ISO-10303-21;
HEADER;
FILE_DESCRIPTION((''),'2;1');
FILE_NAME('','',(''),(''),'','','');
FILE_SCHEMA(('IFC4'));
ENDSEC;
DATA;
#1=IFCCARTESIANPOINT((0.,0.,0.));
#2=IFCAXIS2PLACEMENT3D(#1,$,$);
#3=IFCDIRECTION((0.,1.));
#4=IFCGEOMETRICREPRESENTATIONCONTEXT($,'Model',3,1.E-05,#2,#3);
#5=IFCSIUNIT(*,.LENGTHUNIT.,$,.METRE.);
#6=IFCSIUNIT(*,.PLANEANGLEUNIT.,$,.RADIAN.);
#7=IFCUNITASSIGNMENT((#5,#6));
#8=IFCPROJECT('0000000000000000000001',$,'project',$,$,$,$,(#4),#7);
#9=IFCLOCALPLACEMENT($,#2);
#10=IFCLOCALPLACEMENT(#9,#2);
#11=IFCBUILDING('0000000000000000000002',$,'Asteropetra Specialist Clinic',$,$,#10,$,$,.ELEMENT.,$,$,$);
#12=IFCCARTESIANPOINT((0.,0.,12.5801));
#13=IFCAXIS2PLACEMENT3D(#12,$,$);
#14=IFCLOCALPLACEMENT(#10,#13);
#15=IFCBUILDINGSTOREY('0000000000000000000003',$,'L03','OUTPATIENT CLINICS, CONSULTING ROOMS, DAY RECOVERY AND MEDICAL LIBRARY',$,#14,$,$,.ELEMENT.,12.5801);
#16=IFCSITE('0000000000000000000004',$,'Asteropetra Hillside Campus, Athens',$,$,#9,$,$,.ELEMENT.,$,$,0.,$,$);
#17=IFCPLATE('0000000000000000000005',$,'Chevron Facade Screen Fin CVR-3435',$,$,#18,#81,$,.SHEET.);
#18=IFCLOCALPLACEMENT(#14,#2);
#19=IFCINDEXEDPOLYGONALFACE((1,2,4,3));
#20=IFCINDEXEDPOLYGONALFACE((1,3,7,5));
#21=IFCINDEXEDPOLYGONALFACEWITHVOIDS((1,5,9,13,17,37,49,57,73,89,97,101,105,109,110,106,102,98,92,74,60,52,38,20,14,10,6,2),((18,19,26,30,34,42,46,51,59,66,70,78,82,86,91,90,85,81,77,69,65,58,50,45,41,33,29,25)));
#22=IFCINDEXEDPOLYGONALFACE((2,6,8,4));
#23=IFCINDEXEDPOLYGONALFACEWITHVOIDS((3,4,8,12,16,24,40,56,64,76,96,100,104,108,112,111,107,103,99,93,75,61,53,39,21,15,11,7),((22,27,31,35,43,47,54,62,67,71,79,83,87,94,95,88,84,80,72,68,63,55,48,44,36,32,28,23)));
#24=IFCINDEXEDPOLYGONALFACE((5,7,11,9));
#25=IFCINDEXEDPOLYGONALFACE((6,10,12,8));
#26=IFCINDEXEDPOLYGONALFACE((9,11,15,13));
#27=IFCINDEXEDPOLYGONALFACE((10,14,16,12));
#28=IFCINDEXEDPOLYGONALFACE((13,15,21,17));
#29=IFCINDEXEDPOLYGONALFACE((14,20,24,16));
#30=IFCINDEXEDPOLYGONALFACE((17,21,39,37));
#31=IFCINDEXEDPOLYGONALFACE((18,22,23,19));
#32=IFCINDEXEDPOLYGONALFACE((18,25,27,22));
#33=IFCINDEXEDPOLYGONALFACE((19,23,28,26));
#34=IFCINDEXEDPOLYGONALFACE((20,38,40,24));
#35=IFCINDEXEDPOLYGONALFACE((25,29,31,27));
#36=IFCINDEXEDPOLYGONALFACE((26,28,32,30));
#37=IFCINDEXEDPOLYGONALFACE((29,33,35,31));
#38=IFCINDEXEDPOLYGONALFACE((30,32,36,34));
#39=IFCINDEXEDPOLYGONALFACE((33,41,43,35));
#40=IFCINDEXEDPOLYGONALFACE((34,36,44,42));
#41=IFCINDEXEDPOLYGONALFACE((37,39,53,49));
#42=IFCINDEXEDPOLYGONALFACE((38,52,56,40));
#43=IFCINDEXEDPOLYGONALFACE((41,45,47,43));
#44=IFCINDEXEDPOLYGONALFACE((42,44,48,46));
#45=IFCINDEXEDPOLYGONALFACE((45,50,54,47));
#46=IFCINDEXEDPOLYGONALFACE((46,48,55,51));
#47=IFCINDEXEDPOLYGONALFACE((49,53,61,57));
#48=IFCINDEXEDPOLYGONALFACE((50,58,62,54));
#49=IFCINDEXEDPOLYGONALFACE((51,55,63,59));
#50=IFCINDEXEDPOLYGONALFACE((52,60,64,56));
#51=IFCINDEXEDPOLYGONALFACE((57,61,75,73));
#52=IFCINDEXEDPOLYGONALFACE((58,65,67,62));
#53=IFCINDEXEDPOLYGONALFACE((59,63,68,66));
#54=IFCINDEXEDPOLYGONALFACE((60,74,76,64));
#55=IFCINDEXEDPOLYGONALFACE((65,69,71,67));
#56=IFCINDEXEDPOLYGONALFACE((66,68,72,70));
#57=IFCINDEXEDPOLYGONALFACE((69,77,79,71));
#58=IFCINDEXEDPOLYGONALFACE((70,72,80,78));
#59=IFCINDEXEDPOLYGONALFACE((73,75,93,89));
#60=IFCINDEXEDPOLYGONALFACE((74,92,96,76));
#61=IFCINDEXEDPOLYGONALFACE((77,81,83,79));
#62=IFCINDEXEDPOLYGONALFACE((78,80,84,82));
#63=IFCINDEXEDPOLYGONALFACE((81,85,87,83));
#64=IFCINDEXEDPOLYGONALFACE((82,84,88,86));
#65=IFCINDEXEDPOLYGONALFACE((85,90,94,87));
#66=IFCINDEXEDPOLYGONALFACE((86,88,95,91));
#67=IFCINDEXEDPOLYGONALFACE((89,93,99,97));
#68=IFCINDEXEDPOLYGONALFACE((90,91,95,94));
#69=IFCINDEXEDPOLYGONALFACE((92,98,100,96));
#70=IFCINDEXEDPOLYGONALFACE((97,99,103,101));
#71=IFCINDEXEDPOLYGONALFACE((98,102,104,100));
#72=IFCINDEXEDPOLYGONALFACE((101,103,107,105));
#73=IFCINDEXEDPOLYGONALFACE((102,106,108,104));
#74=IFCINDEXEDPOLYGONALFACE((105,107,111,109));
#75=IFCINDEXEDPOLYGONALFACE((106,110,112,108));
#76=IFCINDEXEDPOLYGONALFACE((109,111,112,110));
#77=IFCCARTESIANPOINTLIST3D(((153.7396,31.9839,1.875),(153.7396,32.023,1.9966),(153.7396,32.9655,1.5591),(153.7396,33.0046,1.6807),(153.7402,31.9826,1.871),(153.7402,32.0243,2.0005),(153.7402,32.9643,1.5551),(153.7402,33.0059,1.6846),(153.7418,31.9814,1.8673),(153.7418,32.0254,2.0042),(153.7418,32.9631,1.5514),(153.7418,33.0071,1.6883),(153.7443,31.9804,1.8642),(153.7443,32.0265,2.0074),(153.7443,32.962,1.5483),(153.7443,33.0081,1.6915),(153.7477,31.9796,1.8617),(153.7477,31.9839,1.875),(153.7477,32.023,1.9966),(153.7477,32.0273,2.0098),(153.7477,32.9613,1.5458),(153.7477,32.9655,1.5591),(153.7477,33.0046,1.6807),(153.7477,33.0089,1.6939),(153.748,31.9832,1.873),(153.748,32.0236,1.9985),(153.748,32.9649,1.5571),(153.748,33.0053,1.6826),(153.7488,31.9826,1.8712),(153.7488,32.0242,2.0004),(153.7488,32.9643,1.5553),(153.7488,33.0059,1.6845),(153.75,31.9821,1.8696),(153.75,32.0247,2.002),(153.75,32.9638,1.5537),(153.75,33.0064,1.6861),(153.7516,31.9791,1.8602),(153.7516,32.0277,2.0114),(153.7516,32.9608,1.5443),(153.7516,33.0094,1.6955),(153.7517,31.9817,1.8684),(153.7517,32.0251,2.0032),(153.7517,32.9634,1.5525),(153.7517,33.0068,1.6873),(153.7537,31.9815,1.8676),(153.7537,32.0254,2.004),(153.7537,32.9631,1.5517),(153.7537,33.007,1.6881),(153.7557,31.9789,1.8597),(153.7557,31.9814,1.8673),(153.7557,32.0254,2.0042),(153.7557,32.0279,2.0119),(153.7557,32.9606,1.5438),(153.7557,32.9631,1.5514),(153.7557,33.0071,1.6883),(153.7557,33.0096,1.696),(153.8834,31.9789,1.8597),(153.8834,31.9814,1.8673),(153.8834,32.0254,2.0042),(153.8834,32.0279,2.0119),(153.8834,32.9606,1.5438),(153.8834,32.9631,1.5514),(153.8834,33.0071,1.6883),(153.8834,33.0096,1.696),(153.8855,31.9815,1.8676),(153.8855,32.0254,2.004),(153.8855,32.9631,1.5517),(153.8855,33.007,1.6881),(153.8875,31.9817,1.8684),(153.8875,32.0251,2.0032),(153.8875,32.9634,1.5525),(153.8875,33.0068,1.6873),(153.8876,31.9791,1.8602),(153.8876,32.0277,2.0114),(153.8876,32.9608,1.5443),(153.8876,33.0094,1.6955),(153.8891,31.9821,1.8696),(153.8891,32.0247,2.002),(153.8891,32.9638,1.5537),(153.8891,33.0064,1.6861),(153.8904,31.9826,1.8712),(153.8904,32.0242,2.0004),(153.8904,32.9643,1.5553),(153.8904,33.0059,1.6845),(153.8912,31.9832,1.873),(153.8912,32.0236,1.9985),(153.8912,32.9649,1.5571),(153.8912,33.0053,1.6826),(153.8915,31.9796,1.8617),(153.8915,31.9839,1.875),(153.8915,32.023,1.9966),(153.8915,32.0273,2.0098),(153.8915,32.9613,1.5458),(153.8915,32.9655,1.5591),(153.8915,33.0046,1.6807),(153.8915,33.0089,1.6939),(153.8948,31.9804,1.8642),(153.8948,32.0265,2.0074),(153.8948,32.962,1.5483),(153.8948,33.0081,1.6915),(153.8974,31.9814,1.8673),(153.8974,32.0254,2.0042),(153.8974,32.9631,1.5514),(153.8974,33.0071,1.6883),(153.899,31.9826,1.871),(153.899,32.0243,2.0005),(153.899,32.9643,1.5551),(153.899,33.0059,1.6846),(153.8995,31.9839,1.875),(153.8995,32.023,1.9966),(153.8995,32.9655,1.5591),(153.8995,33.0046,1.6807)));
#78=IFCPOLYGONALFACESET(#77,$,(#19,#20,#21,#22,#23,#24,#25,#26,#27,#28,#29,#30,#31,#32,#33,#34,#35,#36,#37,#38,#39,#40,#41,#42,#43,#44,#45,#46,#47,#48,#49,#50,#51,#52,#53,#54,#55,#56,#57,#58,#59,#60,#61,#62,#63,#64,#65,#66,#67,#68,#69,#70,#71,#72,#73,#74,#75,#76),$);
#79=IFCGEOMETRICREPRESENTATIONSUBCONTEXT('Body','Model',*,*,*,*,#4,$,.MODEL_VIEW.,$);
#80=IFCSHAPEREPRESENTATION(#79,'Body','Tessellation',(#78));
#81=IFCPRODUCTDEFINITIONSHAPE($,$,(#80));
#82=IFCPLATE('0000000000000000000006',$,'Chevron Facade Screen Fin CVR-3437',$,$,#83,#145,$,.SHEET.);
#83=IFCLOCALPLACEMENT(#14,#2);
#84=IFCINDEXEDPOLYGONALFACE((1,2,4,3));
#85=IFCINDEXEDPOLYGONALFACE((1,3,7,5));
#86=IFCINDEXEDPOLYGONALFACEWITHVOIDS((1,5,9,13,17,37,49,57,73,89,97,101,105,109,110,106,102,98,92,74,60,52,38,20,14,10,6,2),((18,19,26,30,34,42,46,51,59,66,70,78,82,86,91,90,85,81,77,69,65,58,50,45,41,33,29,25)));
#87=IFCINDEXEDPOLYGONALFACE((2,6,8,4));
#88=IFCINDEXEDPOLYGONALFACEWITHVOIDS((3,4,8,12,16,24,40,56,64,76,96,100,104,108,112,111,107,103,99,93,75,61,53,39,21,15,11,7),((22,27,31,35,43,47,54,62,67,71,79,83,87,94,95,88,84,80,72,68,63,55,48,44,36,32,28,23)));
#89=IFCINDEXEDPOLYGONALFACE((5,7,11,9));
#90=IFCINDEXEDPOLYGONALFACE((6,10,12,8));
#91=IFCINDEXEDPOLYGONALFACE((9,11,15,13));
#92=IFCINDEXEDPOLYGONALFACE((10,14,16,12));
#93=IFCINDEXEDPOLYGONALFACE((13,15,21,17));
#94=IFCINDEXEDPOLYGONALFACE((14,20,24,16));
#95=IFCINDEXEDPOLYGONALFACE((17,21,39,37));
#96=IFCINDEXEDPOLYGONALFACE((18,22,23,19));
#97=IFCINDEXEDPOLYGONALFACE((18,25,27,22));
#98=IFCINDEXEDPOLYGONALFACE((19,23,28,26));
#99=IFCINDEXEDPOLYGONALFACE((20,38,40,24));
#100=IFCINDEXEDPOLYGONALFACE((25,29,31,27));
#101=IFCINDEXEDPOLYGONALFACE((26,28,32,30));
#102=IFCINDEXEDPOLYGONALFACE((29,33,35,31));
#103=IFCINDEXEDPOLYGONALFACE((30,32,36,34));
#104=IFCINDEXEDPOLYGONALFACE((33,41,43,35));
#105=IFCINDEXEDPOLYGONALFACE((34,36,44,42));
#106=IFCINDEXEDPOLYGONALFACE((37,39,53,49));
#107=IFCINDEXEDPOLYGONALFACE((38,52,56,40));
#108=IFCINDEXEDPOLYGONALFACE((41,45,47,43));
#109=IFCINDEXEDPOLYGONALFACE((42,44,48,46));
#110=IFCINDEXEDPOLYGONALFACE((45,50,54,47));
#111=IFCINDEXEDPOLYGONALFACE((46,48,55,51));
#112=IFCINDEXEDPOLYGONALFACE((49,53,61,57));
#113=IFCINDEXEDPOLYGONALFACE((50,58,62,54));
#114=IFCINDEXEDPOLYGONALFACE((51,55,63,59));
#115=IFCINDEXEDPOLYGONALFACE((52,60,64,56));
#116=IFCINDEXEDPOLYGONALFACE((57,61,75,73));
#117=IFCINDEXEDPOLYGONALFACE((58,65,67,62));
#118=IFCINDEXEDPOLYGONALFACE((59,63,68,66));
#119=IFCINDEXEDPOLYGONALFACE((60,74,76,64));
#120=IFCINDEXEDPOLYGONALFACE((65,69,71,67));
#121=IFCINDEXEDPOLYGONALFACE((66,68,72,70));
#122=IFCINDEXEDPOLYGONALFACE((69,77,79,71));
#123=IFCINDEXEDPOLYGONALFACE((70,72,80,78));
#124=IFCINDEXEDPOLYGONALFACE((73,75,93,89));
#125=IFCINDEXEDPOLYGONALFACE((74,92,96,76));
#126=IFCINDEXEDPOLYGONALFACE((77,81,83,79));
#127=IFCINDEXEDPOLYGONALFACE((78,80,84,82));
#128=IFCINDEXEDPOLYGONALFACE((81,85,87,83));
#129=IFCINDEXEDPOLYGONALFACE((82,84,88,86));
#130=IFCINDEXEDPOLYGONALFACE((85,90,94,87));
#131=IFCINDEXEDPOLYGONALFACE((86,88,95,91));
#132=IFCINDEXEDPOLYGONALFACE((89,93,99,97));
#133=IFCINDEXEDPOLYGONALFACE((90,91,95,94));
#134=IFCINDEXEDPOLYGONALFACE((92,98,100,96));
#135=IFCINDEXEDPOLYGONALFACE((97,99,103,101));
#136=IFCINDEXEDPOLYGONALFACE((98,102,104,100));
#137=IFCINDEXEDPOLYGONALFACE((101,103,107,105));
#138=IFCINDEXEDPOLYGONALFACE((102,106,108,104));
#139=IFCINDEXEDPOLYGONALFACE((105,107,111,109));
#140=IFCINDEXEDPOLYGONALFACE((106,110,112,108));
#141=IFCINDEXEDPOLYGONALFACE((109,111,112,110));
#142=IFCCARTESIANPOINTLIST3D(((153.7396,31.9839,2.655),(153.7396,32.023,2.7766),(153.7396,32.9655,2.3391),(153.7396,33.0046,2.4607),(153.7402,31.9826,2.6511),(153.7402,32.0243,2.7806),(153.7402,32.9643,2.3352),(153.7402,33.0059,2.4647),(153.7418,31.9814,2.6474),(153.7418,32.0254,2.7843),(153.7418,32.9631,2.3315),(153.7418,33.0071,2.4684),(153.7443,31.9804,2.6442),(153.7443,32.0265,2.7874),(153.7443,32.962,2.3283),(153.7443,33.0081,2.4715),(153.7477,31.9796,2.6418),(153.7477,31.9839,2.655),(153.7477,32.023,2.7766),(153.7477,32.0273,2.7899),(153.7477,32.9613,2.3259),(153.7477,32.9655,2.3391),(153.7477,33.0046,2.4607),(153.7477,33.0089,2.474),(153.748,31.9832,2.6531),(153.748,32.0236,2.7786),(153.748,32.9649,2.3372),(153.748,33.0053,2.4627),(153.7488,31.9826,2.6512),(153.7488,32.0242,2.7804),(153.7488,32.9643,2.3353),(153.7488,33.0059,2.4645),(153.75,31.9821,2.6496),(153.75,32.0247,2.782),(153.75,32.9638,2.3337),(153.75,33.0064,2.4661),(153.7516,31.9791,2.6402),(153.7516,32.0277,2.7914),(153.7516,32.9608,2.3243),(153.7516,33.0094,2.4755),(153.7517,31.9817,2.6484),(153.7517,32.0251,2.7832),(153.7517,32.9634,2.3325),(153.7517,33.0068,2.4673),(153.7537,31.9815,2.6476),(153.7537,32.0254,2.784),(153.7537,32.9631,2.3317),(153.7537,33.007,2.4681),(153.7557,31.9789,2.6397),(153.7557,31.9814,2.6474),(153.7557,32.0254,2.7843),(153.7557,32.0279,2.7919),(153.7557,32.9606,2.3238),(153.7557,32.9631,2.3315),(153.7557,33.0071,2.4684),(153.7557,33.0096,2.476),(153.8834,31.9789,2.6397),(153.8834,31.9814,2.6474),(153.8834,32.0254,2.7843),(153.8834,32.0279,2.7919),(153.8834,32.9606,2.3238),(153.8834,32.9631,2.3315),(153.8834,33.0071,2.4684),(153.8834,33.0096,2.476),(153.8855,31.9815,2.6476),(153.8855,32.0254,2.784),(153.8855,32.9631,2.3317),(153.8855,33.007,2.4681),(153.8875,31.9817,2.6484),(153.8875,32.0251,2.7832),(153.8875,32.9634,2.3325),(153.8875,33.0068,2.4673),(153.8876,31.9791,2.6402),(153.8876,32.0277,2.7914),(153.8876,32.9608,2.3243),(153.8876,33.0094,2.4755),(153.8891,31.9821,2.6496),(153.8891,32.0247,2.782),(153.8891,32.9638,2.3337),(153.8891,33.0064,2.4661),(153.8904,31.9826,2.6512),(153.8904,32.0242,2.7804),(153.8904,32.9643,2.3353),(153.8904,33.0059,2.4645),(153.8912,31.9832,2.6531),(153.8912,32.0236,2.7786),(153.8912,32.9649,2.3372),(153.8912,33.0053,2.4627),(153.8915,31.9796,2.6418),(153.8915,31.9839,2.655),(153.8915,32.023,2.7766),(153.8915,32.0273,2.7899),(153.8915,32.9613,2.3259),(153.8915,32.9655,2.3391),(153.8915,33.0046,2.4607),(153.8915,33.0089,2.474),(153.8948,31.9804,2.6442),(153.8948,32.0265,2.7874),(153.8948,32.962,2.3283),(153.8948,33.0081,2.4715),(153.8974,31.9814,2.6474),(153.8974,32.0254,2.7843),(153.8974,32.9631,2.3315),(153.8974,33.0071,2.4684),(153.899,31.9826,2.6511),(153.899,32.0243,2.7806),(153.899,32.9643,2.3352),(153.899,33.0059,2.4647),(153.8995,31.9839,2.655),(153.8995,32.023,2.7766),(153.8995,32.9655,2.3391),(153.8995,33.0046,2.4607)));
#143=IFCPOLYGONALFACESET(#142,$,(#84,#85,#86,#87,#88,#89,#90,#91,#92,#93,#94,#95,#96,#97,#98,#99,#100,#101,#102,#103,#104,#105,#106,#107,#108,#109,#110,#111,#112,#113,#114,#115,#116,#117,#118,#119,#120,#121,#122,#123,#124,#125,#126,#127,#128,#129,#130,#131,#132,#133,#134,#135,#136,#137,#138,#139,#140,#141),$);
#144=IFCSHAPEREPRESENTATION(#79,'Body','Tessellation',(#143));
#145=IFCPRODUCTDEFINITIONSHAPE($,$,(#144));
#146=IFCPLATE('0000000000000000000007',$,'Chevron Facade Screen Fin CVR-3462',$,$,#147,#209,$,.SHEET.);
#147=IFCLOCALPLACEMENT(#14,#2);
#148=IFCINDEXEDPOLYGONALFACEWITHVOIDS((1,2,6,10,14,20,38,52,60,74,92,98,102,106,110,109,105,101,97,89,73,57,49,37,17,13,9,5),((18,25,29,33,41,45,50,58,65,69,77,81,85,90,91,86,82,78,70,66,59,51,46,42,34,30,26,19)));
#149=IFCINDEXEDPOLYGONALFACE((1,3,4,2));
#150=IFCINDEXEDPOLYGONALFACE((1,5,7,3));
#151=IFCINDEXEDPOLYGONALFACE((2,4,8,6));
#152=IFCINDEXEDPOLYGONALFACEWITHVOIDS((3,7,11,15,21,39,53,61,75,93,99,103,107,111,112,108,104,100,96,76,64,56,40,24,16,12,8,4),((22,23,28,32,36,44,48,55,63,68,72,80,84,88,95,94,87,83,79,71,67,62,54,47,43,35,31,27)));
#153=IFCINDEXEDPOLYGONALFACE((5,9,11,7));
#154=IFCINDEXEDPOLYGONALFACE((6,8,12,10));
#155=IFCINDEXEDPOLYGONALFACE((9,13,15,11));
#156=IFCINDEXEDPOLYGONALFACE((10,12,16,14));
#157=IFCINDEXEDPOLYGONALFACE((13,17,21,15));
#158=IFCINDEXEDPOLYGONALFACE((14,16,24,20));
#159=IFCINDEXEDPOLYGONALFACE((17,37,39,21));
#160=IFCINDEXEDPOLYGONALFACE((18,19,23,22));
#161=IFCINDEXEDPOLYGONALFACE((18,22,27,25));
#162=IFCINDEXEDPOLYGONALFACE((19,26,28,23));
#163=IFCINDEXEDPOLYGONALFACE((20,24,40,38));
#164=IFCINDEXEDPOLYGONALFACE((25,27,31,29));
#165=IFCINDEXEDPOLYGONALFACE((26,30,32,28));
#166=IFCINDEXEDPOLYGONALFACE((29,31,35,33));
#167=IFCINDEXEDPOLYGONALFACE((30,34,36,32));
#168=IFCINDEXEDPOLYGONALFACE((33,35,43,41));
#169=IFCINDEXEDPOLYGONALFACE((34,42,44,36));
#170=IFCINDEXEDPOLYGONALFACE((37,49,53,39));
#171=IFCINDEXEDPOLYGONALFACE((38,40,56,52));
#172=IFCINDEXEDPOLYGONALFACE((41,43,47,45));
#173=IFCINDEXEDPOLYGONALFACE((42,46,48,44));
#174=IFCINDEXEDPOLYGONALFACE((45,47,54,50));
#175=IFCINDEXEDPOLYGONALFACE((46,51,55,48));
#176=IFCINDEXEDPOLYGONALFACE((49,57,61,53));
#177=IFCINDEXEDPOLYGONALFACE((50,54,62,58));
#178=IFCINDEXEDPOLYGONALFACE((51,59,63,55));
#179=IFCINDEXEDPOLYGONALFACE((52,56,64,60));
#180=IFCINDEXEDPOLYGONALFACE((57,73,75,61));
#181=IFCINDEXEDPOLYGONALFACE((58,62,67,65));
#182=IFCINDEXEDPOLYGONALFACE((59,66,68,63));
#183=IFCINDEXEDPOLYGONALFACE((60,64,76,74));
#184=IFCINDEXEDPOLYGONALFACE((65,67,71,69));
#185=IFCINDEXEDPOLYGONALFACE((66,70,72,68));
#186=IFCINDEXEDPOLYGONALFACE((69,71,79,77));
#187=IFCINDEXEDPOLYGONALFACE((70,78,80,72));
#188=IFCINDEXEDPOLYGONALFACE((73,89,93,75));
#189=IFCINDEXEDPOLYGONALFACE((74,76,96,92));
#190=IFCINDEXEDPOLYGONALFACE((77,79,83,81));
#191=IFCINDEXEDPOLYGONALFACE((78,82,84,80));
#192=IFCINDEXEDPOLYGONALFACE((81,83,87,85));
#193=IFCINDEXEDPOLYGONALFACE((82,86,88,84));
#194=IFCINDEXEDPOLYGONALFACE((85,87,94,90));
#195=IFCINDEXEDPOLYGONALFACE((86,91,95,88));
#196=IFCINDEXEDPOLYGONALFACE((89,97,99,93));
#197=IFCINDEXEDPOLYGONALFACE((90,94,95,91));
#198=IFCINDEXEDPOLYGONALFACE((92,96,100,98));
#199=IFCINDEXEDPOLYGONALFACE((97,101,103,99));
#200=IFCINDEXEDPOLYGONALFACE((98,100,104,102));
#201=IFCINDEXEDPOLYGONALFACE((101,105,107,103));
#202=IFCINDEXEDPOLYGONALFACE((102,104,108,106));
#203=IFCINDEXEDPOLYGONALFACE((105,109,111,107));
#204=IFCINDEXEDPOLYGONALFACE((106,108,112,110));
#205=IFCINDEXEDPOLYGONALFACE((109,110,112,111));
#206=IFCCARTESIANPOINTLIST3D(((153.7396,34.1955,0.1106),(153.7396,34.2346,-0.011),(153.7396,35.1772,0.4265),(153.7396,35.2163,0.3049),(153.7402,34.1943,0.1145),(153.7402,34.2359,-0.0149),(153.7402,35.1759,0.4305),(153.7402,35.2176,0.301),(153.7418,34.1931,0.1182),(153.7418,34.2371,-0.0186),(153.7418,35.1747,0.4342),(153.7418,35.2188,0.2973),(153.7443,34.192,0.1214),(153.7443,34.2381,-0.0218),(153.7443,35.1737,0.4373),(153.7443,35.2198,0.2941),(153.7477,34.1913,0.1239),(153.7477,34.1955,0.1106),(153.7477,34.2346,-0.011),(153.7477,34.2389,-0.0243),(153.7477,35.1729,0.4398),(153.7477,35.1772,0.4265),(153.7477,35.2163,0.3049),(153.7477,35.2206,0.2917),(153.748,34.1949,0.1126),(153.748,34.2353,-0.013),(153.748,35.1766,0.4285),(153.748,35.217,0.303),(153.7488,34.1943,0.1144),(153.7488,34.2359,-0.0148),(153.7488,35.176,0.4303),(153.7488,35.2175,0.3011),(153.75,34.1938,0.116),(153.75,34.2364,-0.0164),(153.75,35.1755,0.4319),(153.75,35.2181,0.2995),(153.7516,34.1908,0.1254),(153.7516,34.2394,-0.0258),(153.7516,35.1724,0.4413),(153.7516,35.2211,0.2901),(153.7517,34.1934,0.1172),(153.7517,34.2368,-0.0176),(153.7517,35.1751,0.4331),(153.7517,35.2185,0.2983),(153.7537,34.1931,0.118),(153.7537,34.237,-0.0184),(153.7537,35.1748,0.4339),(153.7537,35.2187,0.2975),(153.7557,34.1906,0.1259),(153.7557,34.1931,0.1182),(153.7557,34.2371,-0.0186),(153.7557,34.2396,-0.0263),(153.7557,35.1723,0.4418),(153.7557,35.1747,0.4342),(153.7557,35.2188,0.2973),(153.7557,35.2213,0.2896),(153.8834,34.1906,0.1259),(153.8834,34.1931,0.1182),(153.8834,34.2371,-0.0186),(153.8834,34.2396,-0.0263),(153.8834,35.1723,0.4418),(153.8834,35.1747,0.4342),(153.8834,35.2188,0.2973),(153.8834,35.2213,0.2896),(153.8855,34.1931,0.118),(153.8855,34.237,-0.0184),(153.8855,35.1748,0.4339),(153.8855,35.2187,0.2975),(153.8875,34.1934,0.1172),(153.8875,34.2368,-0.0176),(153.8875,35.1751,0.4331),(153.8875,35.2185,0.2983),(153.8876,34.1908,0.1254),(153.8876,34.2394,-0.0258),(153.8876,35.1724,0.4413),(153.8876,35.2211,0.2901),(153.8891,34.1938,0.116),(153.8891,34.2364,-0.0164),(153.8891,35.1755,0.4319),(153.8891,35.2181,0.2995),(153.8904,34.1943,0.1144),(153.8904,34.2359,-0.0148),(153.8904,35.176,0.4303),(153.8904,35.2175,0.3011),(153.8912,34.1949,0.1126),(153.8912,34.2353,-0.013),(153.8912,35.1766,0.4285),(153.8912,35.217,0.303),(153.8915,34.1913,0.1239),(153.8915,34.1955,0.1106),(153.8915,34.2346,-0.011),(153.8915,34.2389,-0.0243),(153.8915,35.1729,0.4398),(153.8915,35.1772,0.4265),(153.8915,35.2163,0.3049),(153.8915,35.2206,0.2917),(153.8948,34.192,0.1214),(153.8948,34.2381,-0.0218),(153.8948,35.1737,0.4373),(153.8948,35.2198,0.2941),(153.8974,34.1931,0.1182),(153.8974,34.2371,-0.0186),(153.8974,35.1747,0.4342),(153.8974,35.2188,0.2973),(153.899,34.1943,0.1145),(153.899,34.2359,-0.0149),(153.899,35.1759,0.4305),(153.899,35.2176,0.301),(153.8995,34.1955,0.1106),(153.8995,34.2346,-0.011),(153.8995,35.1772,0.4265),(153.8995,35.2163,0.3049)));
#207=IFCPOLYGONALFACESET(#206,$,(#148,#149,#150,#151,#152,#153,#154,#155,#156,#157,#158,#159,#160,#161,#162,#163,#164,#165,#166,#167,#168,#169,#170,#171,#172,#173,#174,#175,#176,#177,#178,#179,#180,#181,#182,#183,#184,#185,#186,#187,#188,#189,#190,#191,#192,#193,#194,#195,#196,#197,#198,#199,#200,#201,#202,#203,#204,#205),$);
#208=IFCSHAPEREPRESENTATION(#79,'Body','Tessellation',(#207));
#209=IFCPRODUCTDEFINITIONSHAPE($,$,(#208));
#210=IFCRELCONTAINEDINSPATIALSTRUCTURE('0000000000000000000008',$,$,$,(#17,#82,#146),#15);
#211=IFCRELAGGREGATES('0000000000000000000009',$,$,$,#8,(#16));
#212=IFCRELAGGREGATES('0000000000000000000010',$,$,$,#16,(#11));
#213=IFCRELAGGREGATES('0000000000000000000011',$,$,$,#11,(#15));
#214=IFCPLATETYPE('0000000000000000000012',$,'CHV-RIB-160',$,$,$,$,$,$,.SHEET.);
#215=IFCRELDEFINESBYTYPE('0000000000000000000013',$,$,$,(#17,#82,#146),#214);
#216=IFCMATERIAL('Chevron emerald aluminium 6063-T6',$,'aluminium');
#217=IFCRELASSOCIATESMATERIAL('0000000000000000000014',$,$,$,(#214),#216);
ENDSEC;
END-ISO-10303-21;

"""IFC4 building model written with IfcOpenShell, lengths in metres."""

from ifc_helpers import new_model, si_unit, direction, frame, origin, origin_2d, place, context, subcontext, project, spatial, hollow_rectangle, extrude, material, material_profile, profile_set, type_object, element, save


model = new_model("IFC4")

# Units and contexts
model_context = context("Model", 3, precision=1e-05, world=origin(), true_north=direction((0.0, 1.0)))
body_context = subcontext(model_context, "Body", "Model", "MODEL_VIEW")
ifc_project = project(units=[si_unit("LENGTHUNIT", "METRE"), si_unit("PLANEANGLEUNIT", "RADIAN")], contexts=[model_context])

# Site, building, storey
site_placement = place(None, origin())
site = spatial("IfcSite", under=ifc_project, at=site_placement, Name="Asteropetra Hillside Campus, Athens", CompositionType="ELEMENT", RefElevation=0.0)
building_placement = place(site_placement, origin())
building = spatial("IfcBuilding", under=site, at=building_placement, Name="Asteropetra Specialist Clinic", CompositionType="ELEMENT")
storey_placement = place(building_placement, frame((0.0, 0.0, 12.5801)))
storey = spatial("IfcBuildingStorey", under=building, at=storey_placement, Name="L03", Description="OUTPATIENT CLINICS, CONSULTING ROOMS, DAY RECOVERY AND MEDICAL LIBRARY", CompositionType="ELEMENT", Elevation=12.5801)

# Plates
ifc_material_1 = material(Name="Chevron emerald aluminium 6063-T6", Category="aluminium")
ifc_material_profile_1 = material_profile(ifc_material_1, hollow_rectangle(XDim=0.1599, YDim=0.1599, WallThickness=0.0081, InnerFilletRadius=0.0081, OuterFilletRadius=0.0161, at=origin_2d()), Name="SHS 160x160x8.0")
ifc_profile_set_1 = profile_set([ifc_material_profile_1], Name="Chevron emerald aluminium 6063-T6")
plate_type_1 = type_object("IfcPlateType", Name="CHV-RIB-160", PredefinedType="SHEET", material=ifc_profile_set_1)
for number, where, z_axis, x_axis, name in (
    (1, (153.8196, 32.0034, 1.9358), (0.0, 0.951923, -0.306339), (-1.0, 0.0, 0.0), "Chevron Facade Screen Fin CVR-3435"),
    (2, (153.8196, 32.0034, 2.7158), (0.0, 0.951923, -0.306339), (-1.0, 0.0, 0.0), "Chevron Facade Screen Fin CVR-3437"),
    (3, (153.8196, 34.2151, 0.0498), (0.0, 0.951923, 0.306339), (-1.0, 0.0, 0.0), "Chevron Facade Screen Fin CVR-3462"),
):
    element("IfcPlate", number, at=place(storey_placement, frame(where, z_axis=z_axis, x_axis=x_axis)), inside=storey, type_object=plate_type_1, Name=name, PredefinedType="SHEET", context=body_context, shape_type="SweptSolid", body=[
        extrude(hollow_rectangle(XDim=0.1599, YDim=0.1599, WallThickness=0.0081, InnerFilletRadius=0.0081, OuterFilletRadius=0.0161, at=origin_2d()), origin(), (0.0, 0.0, 1.0), 1.0312),
    ])

save(model, "model.ifc")
